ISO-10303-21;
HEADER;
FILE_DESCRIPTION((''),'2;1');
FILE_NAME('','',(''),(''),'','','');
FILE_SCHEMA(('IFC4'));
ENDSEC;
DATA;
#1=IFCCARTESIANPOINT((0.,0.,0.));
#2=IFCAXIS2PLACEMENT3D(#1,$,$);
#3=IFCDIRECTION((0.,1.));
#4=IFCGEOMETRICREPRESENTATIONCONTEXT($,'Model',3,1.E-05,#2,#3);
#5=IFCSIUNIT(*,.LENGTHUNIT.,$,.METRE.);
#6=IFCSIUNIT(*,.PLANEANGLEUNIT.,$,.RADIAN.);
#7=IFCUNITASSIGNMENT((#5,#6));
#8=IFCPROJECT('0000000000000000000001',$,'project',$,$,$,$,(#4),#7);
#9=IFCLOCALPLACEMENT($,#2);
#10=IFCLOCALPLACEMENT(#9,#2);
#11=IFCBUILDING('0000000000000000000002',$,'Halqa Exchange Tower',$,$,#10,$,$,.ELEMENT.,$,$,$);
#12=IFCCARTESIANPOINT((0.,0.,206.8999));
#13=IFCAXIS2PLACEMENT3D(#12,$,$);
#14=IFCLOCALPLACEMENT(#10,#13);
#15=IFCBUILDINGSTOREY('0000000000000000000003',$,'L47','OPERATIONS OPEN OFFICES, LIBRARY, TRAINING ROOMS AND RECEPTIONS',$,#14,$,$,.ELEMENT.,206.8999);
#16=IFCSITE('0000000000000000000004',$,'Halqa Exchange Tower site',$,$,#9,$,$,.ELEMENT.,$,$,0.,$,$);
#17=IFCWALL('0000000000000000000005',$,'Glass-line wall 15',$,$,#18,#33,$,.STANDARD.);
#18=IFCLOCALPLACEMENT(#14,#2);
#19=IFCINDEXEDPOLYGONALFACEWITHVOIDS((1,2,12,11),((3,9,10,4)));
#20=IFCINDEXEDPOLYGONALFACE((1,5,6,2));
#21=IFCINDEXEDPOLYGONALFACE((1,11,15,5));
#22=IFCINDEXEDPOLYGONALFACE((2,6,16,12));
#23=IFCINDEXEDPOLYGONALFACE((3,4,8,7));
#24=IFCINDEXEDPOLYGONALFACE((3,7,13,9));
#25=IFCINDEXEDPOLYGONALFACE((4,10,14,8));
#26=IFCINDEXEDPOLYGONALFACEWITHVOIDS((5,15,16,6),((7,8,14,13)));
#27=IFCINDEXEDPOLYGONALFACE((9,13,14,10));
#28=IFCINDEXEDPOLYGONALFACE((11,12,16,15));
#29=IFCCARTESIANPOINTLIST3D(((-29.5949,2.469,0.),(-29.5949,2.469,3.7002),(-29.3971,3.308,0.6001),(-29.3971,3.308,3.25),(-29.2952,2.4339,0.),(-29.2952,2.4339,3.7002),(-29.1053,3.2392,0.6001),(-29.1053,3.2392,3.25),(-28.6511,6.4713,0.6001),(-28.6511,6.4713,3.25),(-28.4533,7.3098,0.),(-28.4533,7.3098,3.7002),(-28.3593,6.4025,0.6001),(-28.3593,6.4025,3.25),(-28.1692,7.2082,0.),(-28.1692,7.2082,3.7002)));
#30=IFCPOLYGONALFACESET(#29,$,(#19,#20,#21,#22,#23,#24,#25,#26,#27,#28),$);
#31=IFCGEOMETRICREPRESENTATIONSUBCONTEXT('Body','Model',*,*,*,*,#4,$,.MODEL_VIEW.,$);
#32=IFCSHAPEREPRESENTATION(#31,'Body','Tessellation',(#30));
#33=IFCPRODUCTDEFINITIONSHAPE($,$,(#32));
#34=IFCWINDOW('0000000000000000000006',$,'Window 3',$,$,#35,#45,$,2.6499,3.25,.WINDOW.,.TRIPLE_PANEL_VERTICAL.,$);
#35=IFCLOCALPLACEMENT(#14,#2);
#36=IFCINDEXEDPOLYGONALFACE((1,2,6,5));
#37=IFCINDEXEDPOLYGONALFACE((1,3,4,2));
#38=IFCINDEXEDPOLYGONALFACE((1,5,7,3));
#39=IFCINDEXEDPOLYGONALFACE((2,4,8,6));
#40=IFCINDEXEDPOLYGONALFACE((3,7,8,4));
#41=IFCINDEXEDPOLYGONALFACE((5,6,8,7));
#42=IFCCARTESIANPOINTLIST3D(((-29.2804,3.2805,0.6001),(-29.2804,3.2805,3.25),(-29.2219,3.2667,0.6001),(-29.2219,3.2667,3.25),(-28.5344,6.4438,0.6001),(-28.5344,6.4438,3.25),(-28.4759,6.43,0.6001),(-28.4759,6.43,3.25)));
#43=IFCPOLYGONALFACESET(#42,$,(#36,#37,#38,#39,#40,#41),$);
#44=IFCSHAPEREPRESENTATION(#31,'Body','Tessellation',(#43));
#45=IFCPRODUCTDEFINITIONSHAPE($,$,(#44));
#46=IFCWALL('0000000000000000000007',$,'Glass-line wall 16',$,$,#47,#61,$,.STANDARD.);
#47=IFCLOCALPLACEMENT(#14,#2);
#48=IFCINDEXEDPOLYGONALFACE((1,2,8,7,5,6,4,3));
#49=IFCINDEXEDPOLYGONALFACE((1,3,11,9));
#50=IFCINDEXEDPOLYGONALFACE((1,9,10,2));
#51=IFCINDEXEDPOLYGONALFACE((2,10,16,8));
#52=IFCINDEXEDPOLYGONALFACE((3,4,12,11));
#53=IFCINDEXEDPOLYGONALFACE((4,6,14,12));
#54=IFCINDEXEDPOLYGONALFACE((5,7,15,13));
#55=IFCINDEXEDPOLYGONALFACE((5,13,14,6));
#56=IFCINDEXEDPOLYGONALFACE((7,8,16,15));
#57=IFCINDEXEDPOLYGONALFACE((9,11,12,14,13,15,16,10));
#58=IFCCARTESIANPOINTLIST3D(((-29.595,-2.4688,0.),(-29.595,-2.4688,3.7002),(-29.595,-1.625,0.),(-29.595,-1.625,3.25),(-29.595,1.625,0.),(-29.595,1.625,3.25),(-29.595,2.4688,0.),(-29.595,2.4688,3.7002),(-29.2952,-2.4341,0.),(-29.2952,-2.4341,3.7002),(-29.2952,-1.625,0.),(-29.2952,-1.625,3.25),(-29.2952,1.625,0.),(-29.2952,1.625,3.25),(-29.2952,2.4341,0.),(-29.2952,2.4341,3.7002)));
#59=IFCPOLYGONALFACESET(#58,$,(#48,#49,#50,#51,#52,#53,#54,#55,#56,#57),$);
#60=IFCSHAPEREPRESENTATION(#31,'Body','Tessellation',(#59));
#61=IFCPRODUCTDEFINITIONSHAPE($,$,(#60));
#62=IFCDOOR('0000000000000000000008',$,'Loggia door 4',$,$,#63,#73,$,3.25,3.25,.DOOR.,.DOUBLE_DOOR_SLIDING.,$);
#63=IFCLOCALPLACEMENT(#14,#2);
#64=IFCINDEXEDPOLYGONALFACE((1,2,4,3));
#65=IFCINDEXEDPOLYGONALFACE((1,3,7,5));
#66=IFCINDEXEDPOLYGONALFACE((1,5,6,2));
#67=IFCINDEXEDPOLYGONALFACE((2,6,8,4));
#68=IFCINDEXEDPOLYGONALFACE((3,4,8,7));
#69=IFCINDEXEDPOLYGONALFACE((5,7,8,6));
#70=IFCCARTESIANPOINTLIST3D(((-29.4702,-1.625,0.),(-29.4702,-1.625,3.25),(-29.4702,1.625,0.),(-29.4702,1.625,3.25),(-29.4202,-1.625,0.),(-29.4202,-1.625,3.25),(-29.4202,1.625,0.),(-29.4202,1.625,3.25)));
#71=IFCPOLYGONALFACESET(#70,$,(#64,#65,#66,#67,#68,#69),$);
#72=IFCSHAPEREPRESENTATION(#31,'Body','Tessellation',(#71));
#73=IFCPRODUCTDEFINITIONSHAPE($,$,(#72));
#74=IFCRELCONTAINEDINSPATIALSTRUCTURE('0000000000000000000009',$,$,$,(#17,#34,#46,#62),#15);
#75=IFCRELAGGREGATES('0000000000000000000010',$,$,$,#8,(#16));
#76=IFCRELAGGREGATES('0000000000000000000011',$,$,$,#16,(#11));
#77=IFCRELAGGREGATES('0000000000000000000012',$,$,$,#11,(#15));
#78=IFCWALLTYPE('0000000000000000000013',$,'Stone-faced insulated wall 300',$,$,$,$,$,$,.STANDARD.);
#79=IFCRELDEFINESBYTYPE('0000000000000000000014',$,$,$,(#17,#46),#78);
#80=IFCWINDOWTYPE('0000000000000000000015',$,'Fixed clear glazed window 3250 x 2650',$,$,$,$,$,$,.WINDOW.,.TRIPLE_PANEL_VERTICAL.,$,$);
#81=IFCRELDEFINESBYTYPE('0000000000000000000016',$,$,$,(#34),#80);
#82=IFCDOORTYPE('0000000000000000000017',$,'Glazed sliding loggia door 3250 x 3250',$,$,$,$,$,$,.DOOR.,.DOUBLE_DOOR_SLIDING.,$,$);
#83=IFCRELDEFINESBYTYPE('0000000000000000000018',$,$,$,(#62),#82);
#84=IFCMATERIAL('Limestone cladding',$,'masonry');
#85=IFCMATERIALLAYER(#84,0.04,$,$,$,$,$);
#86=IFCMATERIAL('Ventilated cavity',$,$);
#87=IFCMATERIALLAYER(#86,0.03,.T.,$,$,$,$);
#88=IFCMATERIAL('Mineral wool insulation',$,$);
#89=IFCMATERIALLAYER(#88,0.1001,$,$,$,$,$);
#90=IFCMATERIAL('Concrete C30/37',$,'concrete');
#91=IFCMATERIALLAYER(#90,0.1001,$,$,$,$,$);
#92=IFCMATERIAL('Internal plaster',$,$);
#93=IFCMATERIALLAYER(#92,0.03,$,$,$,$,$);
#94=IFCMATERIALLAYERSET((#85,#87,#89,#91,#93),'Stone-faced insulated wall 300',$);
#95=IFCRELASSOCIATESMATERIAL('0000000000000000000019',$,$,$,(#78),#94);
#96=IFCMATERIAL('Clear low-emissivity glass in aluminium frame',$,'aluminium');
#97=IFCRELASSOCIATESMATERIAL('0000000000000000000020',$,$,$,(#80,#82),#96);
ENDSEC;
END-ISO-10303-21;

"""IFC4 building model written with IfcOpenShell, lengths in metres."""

from ifc_helpers import new_model, si_unit, direction, frame, frame_2d, origin, place, context, subcontext, project, spatial, polyline, rectangle, outline, extrude, material, layer, layer_set, type_object, element, fill, save


model = new_model("IFC4")

# Units and contexts
model_context = context("Model", 3, precision=1e-05, world=origin(), true_north=direction((0.0, 1.0)))
body_context = subcontext(model_context, "Body", "Model", "MODEL_VIEW")
ifc_project = project(units=[si_unit("LENGTHUNIT", "METRE"), si_unit("PLANEANGLEUNIT", "RADIAN")], contexts=[model_context])

# Site, building, storey
site_placement = place(None, origin())
site = spatial("IfcSite", under=ifc_project, at=site_placement, Name="Halqa Exchange Tower site", CompositionType="ELEMENT", RefElevation=0.0)
building_placement = place(site_placement, origin())
building = spatial("IfcBuilding", under=site, at=building_placement, Name="Halqa Exchange Tower", CompositionType="ELEMENT")
storey_placement = place(building_placement, frame((0.0, 0.0, 206.8999)))
storey = spatial("IfcBuildingStorey", under=building, at=storey_placement, Name="L47", Description="OPERATIONS OPEN OFFICES, LIBRARY, TRAINING ROOMS AND RECEPTIONS", CompositionType="ELEMENT", Elevation=206.8999)

# Wall, opening, window
ifc_material_1 = material(Name="Limestone cladding", Category="masonry")
ifc_layer_1 = layer(ifc_material_1, 0.04)
ifc_material_2 = material(Name="Ventilated cavity")
ifc_layer_2 = layer(ifc_material_2, 0.03, ventilated=True)
ifc_material_3 = material(Name="Mineral wool insulation")
ifc_layer_3 = layer(ifc_material_3, 0.1001)
ifc_material_4 = material(Name="Concrete C30/37", Category="concrete")
ifc_layer_4 = layer(ifc_material_4, 0.1001)
ifc_material_5 = material(Name="Internal plaster")
ifc_layer_5 = layer(ifc_material_5, 0.03)
ifc_layer_set_1 = layer_set([ifc_layer_1, ifc_layer_2, ifc_layer_3, ifc_layer_4, ifc_layer_5], Name="Stone-faced insulated wall 300")
wall_type_1 = type_object("IfcWallType", Name="Stone-faced insulated wall 300", PredefinedType="STANDARD", material=ifc_layer_set_1)
ifc_material_6 = material(Name="Clear low-emissivity glass in aluminium frame", Category="aluminium")
window_type = type_object("IfcWindowType", Name="Fixed clear glazed window 3250 x 2650", PartitioningType="TRIPLE_PANEL_VERTICAL", PredefinedType="WINDOW", material=ifc_material_6)
wall_1_placement = place(storey_placement, frame((-28.3113, 7.259, 0.0), z_axis=(0.0, 0.0, 1.0), x_axis=(-0.229535, -0.9733, 0.0)))
wall_1 = element("IfcWall", 1, at=wall_1_placement, inside=storey, type_object=wall_type_1, Name="Glass-line wall 15", PredefinedType="STANDARD", context=body_context, shape_type="SweptSolid", body=[
    extrude(outline(polyline([(-0.0168, -0.1499), (4.9568, -0.1499), (4.9221, 0.1499), (0.0168, 0.1499), (-0.0168, -0.1499)])), origin(), (0.0, 0.0, 1.0), 3.7002),
])
opening_1_placement = place(wall_1_placement, frame((0.8447, 0.0, 0.6001)))
opening_1 = element("IfcOpeningElement", 2, at=opening_1_placement, cuts=wall_1, PredefinedType="OPENING", context=body_context, shape_type="SweptSolid", body=[
    extrude(rectangle(XDim=3.25, YDim=2.6499, at=frame_2d((1.625, 1.325))), frame((0.0, 0.1621, 0.0), z_axis=(0.0, -1.0, 0.0), x_axis=(1.0, 0.0, 0.0)), (0.0, 0.0, 1.0), 0.324),
])
window_1_placement = place(opening_1_placement, origin())
window_1 = element("IfcWindow", 3, at=window_1_placement, inside=storey, type_object=window_type, Name="Window 3", OverallHeight=2.6499, OverallWidth=3.25, PartitioningType="TRIPLE_PANEL_VERTICAL", PredefinedType="WINDOW", context=body_context, shape_type="SweptSolid", body=[
    extrude(rectangle(XDim=3.25, YDim=2.6499, at=frame_2d((1.625, 1.325))), frame((0.0, 0.03, 0.0), z_axis=(0.0, -1.0, 0.0), x_axis=(1.0, 0.0, 0.0)), (0.0, 0.0, 1.0), 0.0601),
])
fill(opening_1, window_1)

# Wall, opening, door
wall_2_placement = place(storey_placement, frame((-29.4451, 2.4514, 0.0), z_axis=(0.0, 0.0, 1.0), x_axis=(0.0, -1.0, 0.0)))
wall_2 = element("IfcWall", 4, at=wall_2_placement, inside=storey, type_object=wall_type_1, Name="Glass-line wall 16", PredefinedType="STANDARD", context=body_context, shape_type="SweptSolid", body=[
    extrude(outline(polyline([(-0.0173, -0.1499), (4.9202, -0.1499), (4.8855, 0.1499), (0.0173, 0.1499), (-0.0173, -0.1499)])), origin(), (0.0, 0.0, 1.0), 3.7002),
])
opening_2_placement = place(wall_2_placement, frame((0.8264, 0.0, 0.0)))
opening_2 = element("IfcOpeningElement", 5, at=opening_2_placement, cuts=wall_2, PredefinedType="OPENING", context=body_context, shape_type="SweptSolid", body=[
    extrude(rectangle(XDim=3.25, YDim=3.25, at=frame_2d((1.625, 1.625))), frame((0.0, 0.1621, 0.0), z_axis=(0.0, -1.0, 0.0), x_axis=(1.0, 0.0, 0.0)), (0.0, 0.0, 1.0), 0.324),
])
door_type_1 = type_object("IfcDoorType", Name="Glazed sliding loggia door 3250 x 3250", OperationType="DOUBLE_DOOR_SLIDING", PredefinedType="DOOR", material=ifc_material_6)
door_1_placement = place(opening_2_placement, origin())
door_1 = element("IfcDoor", 6, at=door_1_placement, inside=storey, type_object=door_type_1, Name="Loggia door 4", OperationType="DOUBLE_DOOR_SLIDING", OverallHeight=3.25, OverallWidth=3.25, PredefinedType="DOOR", context=body_context, shape_type="SweptSolid", body=[
    extrude(rectangle(XDim=3.25, YDim=3.25, at=frame_2d((1.625, 1.625))), frame((0.0, 0.0249, 0.0), z_axis=(0.0, -1.0, 0.0), x_axis=(1.0, 0.0, 0.0)), (0.0, 0.0, 1.0), 0.05),
])
fill(opening_2, door_1)

save(model, "model.ifc")
